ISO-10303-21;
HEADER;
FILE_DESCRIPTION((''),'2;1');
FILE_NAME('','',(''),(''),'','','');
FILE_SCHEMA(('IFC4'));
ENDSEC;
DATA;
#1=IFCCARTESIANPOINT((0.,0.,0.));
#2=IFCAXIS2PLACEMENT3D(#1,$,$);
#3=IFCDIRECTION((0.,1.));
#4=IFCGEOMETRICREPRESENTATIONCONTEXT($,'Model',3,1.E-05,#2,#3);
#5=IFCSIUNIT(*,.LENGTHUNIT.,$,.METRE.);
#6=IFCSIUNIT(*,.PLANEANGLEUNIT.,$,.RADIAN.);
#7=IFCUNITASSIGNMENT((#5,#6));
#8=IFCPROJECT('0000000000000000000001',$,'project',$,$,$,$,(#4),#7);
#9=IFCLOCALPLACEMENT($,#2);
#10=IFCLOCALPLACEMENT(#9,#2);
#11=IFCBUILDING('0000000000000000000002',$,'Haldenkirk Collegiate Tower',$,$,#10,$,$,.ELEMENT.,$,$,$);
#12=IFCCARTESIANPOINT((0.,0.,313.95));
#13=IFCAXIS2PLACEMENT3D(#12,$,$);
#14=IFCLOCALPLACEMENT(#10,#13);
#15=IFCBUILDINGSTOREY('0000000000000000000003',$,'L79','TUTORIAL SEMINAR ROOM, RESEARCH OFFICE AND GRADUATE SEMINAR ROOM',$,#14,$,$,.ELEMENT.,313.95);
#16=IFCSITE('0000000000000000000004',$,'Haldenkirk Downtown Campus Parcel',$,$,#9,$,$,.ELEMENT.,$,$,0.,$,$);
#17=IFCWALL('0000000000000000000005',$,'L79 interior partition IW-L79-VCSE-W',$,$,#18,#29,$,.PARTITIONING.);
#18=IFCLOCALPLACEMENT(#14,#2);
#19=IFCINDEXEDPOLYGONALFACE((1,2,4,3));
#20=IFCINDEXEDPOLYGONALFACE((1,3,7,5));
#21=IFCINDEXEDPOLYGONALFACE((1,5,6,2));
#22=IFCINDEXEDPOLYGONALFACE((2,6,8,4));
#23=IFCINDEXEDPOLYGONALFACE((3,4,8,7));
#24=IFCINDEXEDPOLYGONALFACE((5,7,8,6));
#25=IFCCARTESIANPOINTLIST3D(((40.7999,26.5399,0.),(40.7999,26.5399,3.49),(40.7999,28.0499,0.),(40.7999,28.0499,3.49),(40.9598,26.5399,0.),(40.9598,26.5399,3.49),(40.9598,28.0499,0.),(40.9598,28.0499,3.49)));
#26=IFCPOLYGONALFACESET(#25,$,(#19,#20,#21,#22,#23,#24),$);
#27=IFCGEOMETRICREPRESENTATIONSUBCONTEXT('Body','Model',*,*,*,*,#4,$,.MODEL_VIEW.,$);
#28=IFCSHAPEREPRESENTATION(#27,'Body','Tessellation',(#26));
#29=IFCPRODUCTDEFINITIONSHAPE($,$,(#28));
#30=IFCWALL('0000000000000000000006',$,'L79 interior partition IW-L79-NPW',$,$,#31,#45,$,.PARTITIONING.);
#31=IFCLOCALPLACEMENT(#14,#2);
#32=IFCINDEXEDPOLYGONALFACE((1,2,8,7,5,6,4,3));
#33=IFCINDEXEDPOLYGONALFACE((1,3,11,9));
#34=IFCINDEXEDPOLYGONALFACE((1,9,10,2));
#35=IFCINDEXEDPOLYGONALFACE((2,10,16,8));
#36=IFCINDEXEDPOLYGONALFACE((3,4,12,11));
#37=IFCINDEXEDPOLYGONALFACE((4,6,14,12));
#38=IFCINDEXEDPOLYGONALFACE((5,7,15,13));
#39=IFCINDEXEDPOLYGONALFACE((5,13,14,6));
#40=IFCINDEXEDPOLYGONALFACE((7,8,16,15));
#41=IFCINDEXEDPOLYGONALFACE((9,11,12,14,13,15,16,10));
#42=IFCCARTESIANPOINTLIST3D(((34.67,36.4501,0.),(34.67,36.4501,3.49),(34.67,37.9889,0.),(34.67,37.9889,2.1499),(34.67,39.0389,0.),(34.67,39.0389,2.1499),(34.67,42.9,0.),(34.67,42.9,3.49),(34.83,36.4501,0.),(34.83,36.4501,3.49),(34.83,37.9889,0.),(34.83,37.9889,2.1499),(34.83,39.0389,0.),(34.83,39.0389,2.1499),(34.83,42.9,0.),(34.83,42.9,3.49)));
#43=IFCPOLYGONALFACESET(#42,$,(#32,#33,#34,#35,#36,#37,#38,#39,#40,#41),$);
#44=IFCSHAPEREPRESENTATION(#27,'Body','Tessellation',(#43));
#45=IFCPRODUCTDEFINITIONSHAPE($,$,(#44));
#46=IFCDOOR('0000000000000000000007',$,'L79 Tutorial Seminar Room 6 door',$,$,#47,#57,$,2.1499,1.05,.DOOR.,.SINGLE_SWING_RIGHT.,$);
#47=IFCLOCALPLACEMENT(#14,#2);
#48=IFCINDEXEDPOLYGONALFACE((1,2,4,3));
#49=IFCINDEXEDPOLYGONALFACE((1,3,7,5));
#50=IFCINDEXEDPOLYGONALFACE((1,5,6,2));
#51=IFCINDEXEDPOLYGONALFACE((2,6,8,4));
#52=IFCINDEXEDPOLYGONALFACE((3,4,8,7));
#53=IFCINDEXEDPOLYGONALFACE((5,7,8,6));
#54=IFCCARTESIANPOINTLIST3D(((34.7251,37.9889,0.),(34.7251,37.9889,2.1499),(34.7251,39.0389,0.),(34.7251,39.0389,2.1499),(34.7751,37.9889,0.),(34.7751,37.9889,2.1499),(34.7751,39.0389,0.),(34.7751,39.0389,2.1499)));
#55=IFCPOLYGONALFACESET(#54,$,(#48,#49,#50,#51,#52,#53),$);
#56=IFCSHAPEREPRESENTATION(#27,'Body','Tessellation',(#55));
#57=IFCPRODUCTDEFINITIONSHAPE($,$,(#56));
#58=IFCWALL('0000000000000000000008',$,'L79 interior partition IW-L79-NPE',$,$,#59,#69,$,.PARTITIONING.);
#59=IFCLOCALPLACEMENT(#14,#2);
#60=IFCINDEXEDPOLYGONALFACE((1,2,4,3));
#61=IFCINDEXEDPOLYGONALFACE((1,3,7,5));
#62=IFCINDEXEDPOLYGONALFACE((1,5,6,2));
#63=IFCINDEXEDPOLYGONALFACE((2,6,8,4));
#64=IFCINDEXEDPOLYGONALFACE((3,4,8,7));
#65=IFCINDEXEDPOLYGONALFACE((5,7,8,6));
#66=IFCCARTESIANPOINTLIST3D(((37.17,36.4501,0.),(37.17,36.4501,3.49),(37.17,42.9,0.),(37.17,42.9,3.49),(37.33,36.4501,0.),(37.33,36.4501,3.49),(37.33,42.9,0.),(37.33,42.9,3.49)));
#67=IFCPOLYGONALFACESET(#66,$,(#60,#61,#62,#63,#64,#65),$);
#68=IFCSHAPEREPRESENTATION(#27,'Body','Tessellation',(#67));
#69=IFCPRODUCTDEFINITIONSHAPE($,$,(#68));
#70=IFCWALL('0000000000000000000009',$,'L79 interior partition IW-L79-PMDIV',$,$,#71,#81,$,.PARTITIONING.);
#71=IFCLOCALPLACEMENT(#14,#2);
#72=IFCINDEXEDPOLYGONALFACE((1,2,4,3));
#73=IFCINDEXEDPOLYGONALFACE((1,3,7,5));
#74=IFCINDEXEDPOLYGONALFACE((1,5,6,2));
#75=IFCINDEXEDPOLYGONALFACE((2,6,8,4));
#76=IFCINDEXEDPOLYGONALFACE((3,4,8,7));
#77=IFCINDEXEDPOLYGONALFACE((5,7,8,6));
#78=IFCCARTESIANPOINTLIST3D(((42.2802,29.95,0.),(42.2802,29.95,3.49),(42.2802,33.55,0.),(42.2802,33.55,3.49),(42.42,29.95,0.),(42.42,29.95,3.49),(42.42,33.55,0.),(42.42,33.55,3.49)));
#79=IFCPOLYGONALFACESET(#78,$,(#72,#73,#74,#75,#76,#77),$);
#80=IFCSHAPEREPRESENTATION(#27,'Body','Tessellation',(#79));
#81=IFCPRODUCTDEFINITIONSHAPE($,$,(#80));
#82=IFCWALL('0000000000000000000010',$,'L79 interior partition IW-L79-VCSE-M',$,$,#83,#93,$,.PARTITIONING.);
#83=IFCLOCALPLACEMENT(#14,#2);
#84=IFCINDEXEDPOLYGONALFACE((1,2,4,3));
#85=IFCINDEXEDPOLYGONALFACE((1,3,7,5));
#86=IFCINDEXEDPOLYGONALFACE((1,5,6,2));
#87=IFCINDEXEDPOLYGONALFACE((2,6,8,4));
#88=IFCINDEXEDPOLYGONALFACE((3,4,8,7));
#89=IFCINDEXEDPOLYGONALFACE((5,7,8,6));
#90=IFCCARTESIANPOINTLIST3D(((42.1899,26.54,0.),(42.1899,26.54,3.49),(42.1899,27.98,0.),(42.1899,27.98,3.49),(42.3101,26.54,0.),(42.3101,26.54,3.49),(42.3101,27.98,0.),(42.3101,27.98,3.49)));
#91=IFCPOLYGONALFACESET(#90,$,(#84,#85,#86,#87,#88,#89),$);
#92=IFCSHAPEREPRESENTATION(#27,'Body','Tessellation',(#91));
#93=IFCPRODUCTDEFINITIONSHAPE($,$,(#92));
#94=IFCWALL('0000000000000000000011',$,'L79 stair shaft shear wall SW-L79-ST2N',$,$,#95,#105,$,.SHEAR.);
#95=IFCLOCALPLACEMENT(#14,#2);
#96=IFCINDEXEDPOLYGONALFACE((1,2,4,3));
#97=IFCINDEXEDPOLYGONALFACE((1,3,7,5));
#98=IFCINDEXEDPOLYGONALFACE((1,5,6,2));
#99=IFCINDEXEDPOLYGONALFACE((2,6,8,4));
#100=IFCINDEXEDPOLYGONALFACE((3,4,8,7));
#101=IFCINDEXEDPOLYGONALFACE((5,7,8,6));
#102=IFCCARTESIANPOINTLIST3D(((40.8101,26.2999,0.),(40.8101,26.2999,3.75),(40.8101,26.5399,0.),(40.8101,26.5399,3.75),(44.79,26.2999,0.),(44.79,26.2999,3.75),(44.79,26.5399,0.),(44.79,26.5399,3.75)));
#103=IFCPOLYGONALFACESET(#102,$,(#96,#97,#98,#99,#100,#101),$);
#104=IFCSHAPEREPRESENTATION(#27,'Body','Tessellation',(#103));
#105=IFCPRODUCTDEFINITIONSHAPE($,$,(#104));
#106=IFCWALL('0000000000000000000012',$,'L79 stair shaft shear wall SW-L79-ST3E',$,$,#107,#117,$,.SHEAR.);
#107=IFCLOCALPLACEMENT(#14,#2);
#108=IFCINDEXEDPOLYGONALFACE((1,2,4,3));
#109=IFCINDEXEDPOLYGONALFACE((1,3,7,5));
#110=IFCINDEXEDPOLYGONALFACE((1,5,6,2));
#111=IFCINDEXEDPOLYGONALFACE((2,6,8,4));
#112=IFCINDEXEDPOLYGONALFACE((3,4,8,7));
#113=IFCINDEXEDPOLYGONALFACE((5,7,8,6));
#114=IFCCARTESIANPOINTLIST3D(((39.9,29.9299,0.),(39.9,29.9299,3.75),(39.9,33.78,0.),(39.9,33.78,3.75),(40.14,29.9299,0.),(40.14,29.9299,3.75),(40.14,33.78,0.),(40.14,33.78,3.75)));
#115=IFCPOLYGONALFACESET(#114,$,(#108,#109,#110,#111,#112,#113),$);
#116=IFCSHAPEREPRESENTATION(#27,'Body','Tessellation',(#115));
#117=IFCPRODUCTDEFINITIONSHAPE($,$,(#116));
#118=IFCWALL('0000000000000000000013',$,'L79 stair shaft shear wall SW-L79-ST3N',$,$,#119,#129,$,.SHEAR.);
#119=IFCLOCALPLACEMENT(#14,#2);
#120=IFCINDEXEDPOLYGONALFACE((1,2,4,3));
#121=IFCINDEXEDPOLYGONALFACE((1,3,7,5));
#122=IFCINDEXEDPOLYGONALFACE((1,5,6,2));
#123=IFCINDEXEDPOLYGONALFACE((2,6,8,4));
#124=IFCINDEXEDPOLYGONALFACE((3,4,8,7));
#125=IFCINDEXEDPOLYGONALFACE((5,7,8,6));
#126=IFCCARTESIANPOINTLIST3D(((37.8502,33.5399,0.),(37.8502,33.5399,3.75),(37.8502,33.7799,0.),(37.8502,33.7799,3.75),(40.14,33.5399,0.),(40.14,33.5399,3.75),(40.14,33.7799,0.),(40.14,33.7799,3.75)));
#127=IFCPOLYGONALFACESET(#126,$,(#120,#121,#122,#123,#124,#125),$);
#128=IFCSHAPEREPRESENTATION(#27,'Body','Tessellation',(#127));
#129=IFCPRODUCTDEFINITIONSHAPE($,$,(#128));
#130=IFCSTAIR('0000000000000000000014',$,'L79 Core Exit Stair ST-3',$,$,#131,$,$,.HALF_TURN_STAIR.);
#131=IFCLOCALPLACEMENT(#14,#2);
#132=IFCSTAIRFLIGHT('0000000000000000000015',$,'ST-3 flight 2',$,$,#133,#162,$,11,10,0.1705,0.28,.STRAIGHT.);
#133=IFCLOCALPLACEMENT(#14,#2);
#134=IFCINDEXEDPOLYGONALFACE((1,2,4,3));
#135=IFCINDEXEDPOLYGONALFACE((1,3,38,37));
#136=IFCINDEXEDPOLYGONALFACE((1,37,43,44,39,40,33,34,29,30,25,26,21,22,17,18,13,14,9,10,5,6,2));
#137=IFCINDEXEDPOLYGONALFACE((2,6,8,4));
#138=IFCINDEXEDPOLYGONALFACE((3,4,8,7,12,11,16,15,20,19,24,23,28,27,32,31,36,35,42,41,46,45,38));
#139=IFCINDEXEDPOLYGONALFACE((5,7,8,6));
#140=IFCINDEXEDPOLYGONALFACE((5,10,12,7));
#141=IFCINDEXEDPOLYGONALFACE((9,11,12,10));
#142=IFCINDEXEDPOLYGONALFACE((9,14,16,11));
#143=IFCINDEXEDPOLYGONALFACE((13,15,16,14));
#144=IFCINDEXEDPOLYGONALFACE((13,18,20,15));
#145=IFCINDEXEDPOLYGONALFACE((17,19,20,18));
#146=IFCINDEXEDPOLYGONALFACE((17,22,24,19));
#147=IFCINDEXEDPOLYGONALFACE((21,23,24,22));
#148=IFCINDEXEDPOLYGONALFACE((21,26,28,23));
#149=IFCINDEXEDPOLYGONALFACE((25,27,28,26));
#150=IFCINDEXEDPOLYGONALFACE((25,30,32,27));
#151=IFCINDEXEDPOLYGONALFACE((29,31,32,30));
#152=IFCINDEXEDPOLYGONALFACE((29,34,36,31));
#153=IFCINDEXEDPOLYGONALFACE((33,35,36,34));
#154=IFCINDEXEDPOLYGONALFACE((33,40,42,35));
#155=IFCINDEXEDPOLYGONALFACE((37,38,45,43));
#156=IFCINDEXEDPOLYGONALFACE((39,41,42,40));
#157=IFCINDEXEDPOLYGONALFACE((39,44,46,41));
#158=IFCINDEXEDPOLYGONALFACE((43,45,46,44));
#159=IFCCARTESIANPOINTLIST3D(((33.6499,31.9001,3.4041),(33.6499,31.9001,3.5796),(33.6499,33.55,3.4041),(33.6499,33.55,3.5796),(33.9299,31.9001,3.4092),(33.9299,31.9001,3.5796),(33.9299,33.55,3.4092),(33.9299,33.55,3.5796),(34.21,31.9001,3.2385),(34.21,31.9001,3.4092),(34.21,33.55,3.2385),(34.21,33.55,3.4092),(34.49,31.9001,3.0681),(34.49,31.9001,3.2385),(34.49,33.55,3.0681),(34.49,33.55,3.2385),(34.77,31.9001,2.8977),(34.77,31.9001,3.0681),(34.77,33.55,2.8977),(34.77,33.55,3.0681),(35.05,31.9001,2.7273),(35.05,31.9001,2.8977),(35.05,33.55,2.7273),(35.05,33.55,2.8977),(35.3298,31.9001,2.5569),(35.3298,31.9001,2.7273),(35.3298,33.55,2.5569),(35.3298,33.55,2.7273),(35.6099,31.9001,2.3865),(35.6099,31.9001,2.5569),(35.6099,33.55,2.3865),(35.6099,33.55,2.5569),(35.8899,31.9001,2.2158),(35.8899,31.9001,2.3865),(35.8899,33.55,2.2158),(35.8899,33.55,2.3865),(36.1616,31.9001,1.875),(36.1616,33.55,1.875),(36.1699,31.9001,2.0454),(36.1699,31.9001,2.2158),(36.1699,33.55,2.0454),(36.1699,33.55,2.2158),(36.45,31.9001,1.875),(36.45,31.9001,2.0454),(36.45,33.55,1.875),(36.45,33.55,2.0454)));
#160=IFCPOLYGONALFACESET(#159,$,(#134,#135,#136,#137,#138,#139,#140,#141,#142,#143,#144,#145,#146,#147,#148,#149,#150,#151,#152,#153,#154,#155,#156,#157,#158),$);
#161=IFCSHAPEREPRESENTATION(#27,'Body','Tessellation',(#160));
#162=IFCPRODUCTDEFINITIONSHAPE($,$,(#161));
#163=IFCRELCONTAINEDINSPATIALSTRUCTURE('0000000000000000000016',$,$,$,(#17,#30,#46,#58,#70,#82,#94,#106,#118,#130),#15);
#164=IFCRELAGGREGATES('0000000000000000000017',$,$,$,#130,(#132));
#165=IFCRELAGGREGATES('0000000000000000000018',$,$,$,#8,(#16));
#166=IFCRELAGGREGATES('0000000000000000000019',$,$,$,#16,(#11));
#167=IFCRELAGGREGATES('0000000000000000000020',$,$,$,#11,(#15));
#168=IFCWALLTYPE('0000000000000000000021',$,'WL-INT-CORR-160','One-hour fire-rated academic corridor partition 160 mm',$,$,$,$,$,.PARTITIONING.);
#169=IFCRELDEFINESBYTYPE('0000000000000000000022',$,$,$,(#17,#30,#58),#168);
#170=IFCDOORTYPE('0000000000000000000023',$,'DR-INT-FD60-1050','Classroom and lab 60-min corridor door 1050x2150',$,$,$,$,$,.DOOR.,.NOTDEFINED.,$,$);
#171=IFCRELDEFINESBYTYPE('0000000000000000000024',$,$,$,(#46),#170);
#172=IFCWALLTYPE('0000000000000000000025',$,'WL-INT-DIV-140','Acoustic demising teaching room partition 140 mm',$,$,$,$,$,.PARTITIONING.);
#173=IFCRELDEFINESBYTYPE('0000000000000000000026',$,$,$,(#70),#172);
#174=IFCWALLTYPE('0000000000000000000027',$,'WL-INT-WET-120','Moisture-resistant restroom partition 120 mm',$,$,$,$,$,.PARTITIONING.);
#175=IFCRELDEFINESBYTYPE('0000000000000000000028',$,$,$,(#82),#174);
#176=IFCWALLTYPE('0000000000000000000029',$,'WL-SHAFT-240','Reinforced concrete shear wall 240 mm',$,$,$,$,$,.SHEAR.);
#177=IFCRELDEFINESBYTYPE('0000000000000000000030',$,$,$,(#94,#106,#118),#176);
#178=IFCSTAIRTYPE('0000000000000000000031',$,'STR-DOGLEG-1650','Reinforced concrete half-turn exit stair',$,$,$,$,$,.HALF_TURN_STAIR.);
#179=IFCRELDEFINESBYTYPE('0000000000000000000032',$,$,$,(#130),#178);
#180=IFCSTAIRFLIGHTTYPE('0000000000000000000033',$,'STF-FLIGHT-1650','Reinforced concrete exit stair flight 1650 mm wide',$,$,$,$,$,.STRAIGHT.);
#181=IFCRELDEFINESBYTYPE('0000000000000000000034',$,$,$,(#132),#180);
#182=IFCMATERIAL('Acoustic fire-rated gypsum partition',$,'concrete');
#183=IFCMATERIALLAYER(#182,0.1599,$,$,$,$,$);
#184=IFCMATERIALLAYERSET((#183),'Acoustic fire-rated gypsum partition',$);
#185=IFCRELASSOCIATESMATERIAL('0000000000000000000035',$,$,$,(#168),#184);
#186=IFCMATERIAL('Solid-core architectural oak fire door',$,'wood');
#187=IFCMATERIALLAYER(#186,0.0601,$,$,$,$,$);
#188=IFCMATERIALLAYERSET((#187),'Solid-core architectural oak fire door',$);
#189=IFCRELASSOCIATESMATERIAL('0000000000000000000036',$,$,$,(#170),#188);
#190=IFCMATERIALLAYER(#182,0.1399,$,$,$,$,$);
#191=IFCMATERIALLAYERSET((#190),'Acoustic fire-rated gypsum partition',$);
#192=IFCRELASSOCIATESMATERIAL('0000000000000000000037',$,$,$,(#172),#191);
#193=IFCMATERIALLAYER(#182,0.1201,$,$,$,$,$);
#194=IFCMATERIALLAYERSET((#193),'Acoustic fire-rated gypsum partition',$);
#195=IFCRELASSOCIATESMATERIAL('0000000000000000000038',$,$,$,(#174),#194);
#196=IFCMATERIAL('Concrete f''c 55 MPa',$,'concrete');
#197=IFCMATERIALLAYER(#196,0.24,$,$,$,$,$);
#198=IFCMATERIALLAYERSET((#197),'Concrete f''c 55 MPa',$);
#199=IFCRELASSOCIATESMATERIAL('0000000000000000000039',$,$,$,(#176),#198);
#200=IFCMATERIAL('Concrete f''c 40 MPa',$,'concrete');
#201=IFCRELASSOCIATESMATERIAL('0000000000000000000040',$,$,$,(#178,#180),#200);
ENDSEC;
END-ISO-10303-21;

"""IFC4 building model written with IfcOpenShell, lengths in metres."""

from ifc_helpers import new_model, si_unit, direction, frame, frame_2d, origin, place, context, subcontext, project, spatial, polyline, rectangle, outline, extrude, material, layer, layer_set, type_object, element, fill, aggregate, save


model = new_model("IFC4")

# Units and contexts
model_context = context("Model", 3, precision=1e-05, world=origin(), true_north=direction((0.0, 1.0)))
body_context = subcontext(model_context, "Body", "Model", "MODEL_VIEW")
ifc_project = project(units=[si_unit("LENGTHUNIT", "METRE"), si_unit("PLANEANGLEUNIT", "RADIAN")], contexts=[model_context])

# Site, building, storey
site_placement = place(None, origin())
site = spatial("IfcSite", under=ifc_project, at=site_placement, Name="Haldenkirk Downtown Campus Parcel", CompositionType="ELEMENT", RefElevation=0.0)
building_placement = place(site_placement, origin())
building = spatial("IfcBuilding", under=site, at=building_placement, Name="Haldenkirk Collegiate Tower", CompositionType="ELEMENT")
storey_placement = place(building_placement, frame((0.0, 0.0, 313.95)))
storey = spatial("IfcBuildingStorey", under=building, at=storey_placement, Name="L79", Description="TUTORIAL SEMINAR ROOM, RESEARCH OFFICE AND GRADUATE SEMINAR ROOM", CompositionType="ELEMENT", Elevation=313.95)

# Shared definitions
ifc_material_1 = material(Name="Acoustic fire-rated gypsum partition", Category="concrete")
ifc_layer_1 = layer(ifc_material_1, 0.1599)
ifc_layer_set_1 = layer_set([ifc_layer_1], Name="Acoustic fire-rated gypsum partition")
wall_type_1 = type_object("IfcWallType", Name="WL-INT-CORR-160", Description="One-hour fire-rated academic corridor partition 160 mm", PredefinedType="PARTITIONING", material=ifc_layer_set_1)
ifc_material_2 = material(Name="Solid-core architectural oak fire door", Category="wood")

# Wall
wall_1_placement = place(storey_placement, frame((40.8799, 26.54, 0.0), z_axis=(0.0, 0.0, 1.0), x_axis=(0.0, 1.0, 0.0)))
element("IfcWall", 1, at=wall_1_placement, inside=storey, type_object=wall_type_1, Name="L79 interior partition IW-L79-VCSE-W", PredefinedType="PARTITIONING", context=body_context, shape_type="SweptSolid", body=[
    extrude(rectangle(XDim=1.51, YDim=0.1599, at=frame_2d((0.7549, 0.0))), origin(), (0.0, 0.0, 1.0), 3.49),
])

# Wall, opening, door
wall_2_placement = place(storey_placement, frame((34.75, 36.45, 0.0), z_axis=(0.0, 0.0, 1.0), x_axis=(0.0, 1.0, 0.0)))
wall_2 = element("IfcWall", 2, at=wall_2_placement, inside=storey, type_object=wall_type_1, Name="L79 interior partition IW-L79-NPW", PredefinedType="PARTITIONING", context=body_context, shape_type="SweptSolid", body=[
    extrude(rectangle(XDim=6.45, YDim=0.1599, at=frame_2d((3.2251, 0.0))), origin(), (0.0, 0.0, 1.0), 3.49),
])
opening_1_placement = place(wall_2_placement, frame((1.5391, 0.0, 0.0)))
opening_1 = element("IfcOpeningElement", 3, at=opening_1_placement, cuts=wall_2, PredefinedType="OPENING", context=body_context, shape_type="SweptSolid", body=[
    extrude(rectangle(XDim=1.05, YDim=2.1499, at=frame_2d((0.5249, 1.075))), frame((0.0, 0.0898, 0.0), z_axis=(0.0, -1.0, 0.0), x_axis=(1.0, 0.0, 0.0)), (0.0, 0.0, 1.0), 0.1799),
])
ifc_layer_2 = layer(ifc_material_2, 0.0601)
ifc_layer_set_2 = layer_set([ifc_layer_2], Name="Solid-core architectural oak fire door")
door_type_1 = type_object("IfcDoorType", Name="DR-INT-FD60-1050", Description="Classroom and lab 60-min corridor door 1050x2150", OperationType="NOTDEFINED", PredefinedType="DOOR", material=ifc_layer_set_2)
door_1_placement = place(opening_1_placement, origin())
door_1 = element("IfcDoor", 4, at=door_1_placement, inside=storey, type_object=door_type_1, Name="L79 Tutorial Seminar Room 6 door", OperationType="SINGLE_SWING_RIGHT", OverallHeight=2.1499, OverallWidth=1.05, PredefinedType="DOOR", context=body_context, shape_type="SweptSolid", body=[
    extrude(rectangle(XDim=1.05, YDim=2.1499, at=frame_2d((0.5249, 1.075))), frame((0.0, 0.0249, 0.0), z_axis=(0.0, -1.0, 0.0), x_axis=(1.0, 0.0, 0.0)), (0.0, 0.0, 1.0), 0.05),
])
fill(opening_1, door_1)

# Walls
wall_3_placement = place(storey_placement, frame((37.25, 36.45, 0.0), z_axis=(0.0, 0.0, 1.0), x_axis=(0.0, 1.0, 0.0)))
element("IfcWall", 5, at=wall_3_placement, inside=storey, type_object=wall_type_1, Name="L79 interior partition IW-L79-NPE", PredefinedType="PARTITIONING", context=body_context, shape_type="SweptSolid", body=[
    extrude(rectangle(XDim=6.45, YDim=0.1599, at=frame_2d((3.2251, 0.0))), origin(), (0.0, 0.0, 1.0), 3.49),
])
ifc_layer_3 = layer(ifc_material_1, 0.1399)
ifc_layer_set_3 = layer_set([ifc_layer_3], Name="Acoustic fire-rated gypsum partition")
wall_type_2 = type_object("IfcWallType", Name="WL-INT-DIV-140", Description="Acoustic demising teaching room partition 140 mm", PredefinedType="PARTITIONING", material=ifc_layer_set_3)
wall_4_placement = place(storey_placement, frame((42.3501, 29.95, 0.0), z_axis=(0.0, 0.0, 1.0), x_axis=(0.0, 1.0, 0.0)))
element("IfcWall", 6, at=wall_4_placement, inside=storey, type_object=wall_type_2, Name="L79 interior partition IW-L79-PMDIV", PredefinedType="PARTITIONING", context=body_context, shape_type="SweptSolid", body=[
    extrude(rectangle(XDim=3.6001, YDim=0.1399, at=frame_2d((1.8, 0.0))), origin(), (0.0, 0.0, 1.0), 3.49),
])
ifc_layer_4 = layer(ifc_material_1, 0.1201)
ifc_layer_set_4 = layer_set([ifc_layer_4], Name="Acoustic fire-rated gypsum partition")
wall_type_3 = type_object("IfcWallType", Name="WL-INT-WET-120", Description="Moisture-resistant restroom partition 120 mm", PredefinedType="PARTITIONING", material=ifc_layer_set_4)
wall_5_placement = place(storey_placement, frame((42.25, 26.54, 0.0), z_axis=(0.0, 0.0, 1.0), x_axis=(0.0, 1.0, 0.0)))
element("IfcWall", 7, at=wall_5_placement, inside=storey, type_object=wall_type_3, Name="L79 interior partition IW-L79-VCSE-M", PredefinedType="PARTITIONING", context=body_context, shape_type="SweptSolid", body=[
    extrude(rectangle(XDim=1.4399, YDim=0.1201, at=frame_2d((0.72, 0.0))), origin(), (0.0, 0.0, 1.0), 3.49),
])
ifc_material_3 = material(Name="Concrete f'c 55 MPa", Category="concrete")
ifc_layer_5 = layer(ifc_material_3, 0.24)
ifc_layer_set_5 = layer_set([ifc_layer_5], Name="Concrete f'c 55 MPa")
wall_type_4 = type_object("IfcWallType", Name="WL-SHAFT-240", Description="Reinforced concrete shear wall 240 mm", PredefinedType="SHEAR", material=ifc_layer_set_5)
wall_6_placement = place(storey_placement, frame((40.8101, 26.4199, 0.0), z_axis=(0.0, 0.0, 1.0), x_axis=(1.0, 0.0, 0.0)))
element("IfcWall", 8, at=wall_6_placement, inside=storey, type_object=wall_type_4, Name="L79 stair shaft shear wall SW-L79-ST2N", PredefinedType="SHEAR", context=body_context, shape_type="SweptSolid", body=[
    extrude(rectangle(XDim=3.98, YDim=0.24, at=frame_2d((1.99, 0.0))), origin(), (0.0, 0.0, 1.0), 3.75),
])
wall_7_placement = place(storey_placement, frame((40.02, 29.9299, 0.0), z_axis=(0.0, 0.0, 1.0), x_axis=(0.0, 1.0, 0.0)))
element("IfcWall", 9, at=wall_7_placement, inside=storey, type_object=wall_type_4, Name="L79 stair shaft shear wall SW-L79-ST3E", PredefinedType="SHEAR", context=body_context, shape_type="SweptSolid", body=[
    extrude(rectangle(XDim=3.8501, YDim=0.24, at=frame_2d((1.925, 0.0))), origin(), (0.0, 0.0, 1.0), 3.75),
])
wall_8_placement = place(storey_placement, frame((37.8501, 33.6599, 0.0), z_axis=(0.0, 0.0, 1.0), x_axis=(1.0, 0.0, 0.0)))
element("IfcWall", 10, at=wall_8_placement, inside=storey, type_object=wall_type_4, Name="L79 stair shaft shear wall SW-L79-ST3N", PredefinedType="SHEAR", context=body_context, shape_type="SweptSolid", body=[
    extrude(rectangle(XDim=2.2898, YDim=0.24, at=frame_2d((1.145, 0.0))), origin(), (0.0, 0.0, 1.0), 3.75),
])

# Stair, stair flight
ifc_material_4 = material(Name="Concrete f'c 40 MPa", Category="concrete")
stair_type = type_object("IfcStairType", Name="STR-DOGLEG-1650", Description="Reinforced concrete half-turn exit stair", PredefinedType="HALF_TURN_STAIR", material=ifc_material_4)
stair_placement = place(storey_placement, origin())
stair = element("IfcStair", 11, at=stair_placement, inside=storey, type_object=stair_type, Name="L79 Core Exit Stair ST-3", PredefinedType="HALF_TURN_STAIR")
stair_flight_type = type_object("IfcStairFlightType", Name="STF-FLIGHT-1650", Description="Reinforced concrete exit stair flight 1650 mm wide", PredefinedType="STRAIGHT", material=ifc_material_4)
stair_flight_placement = place(storey_placement, frame((36.45, 32.7251, 1.875), z_axis=(0.0, 0.0, 1.0), x_axis=(-1.0, 0.0, 0.0)))
stair_flight = element("IfcStairFlight", 12, at=stair_flight_placement, type_object=stair_flight_type, Name="ST-3 flight 2", NumberOfRisers=11, NumberOfTreads=10, PredefinedType="STRAIGHT", RiserHeight=0.1705, TreadLength=0.28, context=body_context, shape_type="SweptSolid", body=[
    extrude(outline(polyline([(0.0, 0.0), (0.0, 0.1704), (0.28, 0.1704), (0.28, 0.3408), (0.5601, 0.3408), (0.5601, 0.5115), (0.8401, 0.5115), (0.8401, 0.6819), (1.1201, 0.6819), (1.1201, 0.8523), (1.3999, 0.8523), (1.3999, 1.0227), (1.6799, 1.0227), (1.6799, 1.1931), (1.96, 1.1931), (1.96, 1.3635), (2.24, 1.3635), (2.24, 1.5342), (2.52, 1.5342), (2.52, 1.7046), (2.8, 1.7046), (2.8, 1.875), (2.8, 1.5291), (0.2883, 0.0), (0.0, 0.0)])), frame((0.0, 0.825, 0.0), z_axis=(0.0, -1.0, 0.0), x_axis=(1.0, 0.0, 0.0)), (0.0, 0.0, 1.0), 1.6499),
])
aggregate(stair, [stair_flight])

save(model, "model.ifc")
